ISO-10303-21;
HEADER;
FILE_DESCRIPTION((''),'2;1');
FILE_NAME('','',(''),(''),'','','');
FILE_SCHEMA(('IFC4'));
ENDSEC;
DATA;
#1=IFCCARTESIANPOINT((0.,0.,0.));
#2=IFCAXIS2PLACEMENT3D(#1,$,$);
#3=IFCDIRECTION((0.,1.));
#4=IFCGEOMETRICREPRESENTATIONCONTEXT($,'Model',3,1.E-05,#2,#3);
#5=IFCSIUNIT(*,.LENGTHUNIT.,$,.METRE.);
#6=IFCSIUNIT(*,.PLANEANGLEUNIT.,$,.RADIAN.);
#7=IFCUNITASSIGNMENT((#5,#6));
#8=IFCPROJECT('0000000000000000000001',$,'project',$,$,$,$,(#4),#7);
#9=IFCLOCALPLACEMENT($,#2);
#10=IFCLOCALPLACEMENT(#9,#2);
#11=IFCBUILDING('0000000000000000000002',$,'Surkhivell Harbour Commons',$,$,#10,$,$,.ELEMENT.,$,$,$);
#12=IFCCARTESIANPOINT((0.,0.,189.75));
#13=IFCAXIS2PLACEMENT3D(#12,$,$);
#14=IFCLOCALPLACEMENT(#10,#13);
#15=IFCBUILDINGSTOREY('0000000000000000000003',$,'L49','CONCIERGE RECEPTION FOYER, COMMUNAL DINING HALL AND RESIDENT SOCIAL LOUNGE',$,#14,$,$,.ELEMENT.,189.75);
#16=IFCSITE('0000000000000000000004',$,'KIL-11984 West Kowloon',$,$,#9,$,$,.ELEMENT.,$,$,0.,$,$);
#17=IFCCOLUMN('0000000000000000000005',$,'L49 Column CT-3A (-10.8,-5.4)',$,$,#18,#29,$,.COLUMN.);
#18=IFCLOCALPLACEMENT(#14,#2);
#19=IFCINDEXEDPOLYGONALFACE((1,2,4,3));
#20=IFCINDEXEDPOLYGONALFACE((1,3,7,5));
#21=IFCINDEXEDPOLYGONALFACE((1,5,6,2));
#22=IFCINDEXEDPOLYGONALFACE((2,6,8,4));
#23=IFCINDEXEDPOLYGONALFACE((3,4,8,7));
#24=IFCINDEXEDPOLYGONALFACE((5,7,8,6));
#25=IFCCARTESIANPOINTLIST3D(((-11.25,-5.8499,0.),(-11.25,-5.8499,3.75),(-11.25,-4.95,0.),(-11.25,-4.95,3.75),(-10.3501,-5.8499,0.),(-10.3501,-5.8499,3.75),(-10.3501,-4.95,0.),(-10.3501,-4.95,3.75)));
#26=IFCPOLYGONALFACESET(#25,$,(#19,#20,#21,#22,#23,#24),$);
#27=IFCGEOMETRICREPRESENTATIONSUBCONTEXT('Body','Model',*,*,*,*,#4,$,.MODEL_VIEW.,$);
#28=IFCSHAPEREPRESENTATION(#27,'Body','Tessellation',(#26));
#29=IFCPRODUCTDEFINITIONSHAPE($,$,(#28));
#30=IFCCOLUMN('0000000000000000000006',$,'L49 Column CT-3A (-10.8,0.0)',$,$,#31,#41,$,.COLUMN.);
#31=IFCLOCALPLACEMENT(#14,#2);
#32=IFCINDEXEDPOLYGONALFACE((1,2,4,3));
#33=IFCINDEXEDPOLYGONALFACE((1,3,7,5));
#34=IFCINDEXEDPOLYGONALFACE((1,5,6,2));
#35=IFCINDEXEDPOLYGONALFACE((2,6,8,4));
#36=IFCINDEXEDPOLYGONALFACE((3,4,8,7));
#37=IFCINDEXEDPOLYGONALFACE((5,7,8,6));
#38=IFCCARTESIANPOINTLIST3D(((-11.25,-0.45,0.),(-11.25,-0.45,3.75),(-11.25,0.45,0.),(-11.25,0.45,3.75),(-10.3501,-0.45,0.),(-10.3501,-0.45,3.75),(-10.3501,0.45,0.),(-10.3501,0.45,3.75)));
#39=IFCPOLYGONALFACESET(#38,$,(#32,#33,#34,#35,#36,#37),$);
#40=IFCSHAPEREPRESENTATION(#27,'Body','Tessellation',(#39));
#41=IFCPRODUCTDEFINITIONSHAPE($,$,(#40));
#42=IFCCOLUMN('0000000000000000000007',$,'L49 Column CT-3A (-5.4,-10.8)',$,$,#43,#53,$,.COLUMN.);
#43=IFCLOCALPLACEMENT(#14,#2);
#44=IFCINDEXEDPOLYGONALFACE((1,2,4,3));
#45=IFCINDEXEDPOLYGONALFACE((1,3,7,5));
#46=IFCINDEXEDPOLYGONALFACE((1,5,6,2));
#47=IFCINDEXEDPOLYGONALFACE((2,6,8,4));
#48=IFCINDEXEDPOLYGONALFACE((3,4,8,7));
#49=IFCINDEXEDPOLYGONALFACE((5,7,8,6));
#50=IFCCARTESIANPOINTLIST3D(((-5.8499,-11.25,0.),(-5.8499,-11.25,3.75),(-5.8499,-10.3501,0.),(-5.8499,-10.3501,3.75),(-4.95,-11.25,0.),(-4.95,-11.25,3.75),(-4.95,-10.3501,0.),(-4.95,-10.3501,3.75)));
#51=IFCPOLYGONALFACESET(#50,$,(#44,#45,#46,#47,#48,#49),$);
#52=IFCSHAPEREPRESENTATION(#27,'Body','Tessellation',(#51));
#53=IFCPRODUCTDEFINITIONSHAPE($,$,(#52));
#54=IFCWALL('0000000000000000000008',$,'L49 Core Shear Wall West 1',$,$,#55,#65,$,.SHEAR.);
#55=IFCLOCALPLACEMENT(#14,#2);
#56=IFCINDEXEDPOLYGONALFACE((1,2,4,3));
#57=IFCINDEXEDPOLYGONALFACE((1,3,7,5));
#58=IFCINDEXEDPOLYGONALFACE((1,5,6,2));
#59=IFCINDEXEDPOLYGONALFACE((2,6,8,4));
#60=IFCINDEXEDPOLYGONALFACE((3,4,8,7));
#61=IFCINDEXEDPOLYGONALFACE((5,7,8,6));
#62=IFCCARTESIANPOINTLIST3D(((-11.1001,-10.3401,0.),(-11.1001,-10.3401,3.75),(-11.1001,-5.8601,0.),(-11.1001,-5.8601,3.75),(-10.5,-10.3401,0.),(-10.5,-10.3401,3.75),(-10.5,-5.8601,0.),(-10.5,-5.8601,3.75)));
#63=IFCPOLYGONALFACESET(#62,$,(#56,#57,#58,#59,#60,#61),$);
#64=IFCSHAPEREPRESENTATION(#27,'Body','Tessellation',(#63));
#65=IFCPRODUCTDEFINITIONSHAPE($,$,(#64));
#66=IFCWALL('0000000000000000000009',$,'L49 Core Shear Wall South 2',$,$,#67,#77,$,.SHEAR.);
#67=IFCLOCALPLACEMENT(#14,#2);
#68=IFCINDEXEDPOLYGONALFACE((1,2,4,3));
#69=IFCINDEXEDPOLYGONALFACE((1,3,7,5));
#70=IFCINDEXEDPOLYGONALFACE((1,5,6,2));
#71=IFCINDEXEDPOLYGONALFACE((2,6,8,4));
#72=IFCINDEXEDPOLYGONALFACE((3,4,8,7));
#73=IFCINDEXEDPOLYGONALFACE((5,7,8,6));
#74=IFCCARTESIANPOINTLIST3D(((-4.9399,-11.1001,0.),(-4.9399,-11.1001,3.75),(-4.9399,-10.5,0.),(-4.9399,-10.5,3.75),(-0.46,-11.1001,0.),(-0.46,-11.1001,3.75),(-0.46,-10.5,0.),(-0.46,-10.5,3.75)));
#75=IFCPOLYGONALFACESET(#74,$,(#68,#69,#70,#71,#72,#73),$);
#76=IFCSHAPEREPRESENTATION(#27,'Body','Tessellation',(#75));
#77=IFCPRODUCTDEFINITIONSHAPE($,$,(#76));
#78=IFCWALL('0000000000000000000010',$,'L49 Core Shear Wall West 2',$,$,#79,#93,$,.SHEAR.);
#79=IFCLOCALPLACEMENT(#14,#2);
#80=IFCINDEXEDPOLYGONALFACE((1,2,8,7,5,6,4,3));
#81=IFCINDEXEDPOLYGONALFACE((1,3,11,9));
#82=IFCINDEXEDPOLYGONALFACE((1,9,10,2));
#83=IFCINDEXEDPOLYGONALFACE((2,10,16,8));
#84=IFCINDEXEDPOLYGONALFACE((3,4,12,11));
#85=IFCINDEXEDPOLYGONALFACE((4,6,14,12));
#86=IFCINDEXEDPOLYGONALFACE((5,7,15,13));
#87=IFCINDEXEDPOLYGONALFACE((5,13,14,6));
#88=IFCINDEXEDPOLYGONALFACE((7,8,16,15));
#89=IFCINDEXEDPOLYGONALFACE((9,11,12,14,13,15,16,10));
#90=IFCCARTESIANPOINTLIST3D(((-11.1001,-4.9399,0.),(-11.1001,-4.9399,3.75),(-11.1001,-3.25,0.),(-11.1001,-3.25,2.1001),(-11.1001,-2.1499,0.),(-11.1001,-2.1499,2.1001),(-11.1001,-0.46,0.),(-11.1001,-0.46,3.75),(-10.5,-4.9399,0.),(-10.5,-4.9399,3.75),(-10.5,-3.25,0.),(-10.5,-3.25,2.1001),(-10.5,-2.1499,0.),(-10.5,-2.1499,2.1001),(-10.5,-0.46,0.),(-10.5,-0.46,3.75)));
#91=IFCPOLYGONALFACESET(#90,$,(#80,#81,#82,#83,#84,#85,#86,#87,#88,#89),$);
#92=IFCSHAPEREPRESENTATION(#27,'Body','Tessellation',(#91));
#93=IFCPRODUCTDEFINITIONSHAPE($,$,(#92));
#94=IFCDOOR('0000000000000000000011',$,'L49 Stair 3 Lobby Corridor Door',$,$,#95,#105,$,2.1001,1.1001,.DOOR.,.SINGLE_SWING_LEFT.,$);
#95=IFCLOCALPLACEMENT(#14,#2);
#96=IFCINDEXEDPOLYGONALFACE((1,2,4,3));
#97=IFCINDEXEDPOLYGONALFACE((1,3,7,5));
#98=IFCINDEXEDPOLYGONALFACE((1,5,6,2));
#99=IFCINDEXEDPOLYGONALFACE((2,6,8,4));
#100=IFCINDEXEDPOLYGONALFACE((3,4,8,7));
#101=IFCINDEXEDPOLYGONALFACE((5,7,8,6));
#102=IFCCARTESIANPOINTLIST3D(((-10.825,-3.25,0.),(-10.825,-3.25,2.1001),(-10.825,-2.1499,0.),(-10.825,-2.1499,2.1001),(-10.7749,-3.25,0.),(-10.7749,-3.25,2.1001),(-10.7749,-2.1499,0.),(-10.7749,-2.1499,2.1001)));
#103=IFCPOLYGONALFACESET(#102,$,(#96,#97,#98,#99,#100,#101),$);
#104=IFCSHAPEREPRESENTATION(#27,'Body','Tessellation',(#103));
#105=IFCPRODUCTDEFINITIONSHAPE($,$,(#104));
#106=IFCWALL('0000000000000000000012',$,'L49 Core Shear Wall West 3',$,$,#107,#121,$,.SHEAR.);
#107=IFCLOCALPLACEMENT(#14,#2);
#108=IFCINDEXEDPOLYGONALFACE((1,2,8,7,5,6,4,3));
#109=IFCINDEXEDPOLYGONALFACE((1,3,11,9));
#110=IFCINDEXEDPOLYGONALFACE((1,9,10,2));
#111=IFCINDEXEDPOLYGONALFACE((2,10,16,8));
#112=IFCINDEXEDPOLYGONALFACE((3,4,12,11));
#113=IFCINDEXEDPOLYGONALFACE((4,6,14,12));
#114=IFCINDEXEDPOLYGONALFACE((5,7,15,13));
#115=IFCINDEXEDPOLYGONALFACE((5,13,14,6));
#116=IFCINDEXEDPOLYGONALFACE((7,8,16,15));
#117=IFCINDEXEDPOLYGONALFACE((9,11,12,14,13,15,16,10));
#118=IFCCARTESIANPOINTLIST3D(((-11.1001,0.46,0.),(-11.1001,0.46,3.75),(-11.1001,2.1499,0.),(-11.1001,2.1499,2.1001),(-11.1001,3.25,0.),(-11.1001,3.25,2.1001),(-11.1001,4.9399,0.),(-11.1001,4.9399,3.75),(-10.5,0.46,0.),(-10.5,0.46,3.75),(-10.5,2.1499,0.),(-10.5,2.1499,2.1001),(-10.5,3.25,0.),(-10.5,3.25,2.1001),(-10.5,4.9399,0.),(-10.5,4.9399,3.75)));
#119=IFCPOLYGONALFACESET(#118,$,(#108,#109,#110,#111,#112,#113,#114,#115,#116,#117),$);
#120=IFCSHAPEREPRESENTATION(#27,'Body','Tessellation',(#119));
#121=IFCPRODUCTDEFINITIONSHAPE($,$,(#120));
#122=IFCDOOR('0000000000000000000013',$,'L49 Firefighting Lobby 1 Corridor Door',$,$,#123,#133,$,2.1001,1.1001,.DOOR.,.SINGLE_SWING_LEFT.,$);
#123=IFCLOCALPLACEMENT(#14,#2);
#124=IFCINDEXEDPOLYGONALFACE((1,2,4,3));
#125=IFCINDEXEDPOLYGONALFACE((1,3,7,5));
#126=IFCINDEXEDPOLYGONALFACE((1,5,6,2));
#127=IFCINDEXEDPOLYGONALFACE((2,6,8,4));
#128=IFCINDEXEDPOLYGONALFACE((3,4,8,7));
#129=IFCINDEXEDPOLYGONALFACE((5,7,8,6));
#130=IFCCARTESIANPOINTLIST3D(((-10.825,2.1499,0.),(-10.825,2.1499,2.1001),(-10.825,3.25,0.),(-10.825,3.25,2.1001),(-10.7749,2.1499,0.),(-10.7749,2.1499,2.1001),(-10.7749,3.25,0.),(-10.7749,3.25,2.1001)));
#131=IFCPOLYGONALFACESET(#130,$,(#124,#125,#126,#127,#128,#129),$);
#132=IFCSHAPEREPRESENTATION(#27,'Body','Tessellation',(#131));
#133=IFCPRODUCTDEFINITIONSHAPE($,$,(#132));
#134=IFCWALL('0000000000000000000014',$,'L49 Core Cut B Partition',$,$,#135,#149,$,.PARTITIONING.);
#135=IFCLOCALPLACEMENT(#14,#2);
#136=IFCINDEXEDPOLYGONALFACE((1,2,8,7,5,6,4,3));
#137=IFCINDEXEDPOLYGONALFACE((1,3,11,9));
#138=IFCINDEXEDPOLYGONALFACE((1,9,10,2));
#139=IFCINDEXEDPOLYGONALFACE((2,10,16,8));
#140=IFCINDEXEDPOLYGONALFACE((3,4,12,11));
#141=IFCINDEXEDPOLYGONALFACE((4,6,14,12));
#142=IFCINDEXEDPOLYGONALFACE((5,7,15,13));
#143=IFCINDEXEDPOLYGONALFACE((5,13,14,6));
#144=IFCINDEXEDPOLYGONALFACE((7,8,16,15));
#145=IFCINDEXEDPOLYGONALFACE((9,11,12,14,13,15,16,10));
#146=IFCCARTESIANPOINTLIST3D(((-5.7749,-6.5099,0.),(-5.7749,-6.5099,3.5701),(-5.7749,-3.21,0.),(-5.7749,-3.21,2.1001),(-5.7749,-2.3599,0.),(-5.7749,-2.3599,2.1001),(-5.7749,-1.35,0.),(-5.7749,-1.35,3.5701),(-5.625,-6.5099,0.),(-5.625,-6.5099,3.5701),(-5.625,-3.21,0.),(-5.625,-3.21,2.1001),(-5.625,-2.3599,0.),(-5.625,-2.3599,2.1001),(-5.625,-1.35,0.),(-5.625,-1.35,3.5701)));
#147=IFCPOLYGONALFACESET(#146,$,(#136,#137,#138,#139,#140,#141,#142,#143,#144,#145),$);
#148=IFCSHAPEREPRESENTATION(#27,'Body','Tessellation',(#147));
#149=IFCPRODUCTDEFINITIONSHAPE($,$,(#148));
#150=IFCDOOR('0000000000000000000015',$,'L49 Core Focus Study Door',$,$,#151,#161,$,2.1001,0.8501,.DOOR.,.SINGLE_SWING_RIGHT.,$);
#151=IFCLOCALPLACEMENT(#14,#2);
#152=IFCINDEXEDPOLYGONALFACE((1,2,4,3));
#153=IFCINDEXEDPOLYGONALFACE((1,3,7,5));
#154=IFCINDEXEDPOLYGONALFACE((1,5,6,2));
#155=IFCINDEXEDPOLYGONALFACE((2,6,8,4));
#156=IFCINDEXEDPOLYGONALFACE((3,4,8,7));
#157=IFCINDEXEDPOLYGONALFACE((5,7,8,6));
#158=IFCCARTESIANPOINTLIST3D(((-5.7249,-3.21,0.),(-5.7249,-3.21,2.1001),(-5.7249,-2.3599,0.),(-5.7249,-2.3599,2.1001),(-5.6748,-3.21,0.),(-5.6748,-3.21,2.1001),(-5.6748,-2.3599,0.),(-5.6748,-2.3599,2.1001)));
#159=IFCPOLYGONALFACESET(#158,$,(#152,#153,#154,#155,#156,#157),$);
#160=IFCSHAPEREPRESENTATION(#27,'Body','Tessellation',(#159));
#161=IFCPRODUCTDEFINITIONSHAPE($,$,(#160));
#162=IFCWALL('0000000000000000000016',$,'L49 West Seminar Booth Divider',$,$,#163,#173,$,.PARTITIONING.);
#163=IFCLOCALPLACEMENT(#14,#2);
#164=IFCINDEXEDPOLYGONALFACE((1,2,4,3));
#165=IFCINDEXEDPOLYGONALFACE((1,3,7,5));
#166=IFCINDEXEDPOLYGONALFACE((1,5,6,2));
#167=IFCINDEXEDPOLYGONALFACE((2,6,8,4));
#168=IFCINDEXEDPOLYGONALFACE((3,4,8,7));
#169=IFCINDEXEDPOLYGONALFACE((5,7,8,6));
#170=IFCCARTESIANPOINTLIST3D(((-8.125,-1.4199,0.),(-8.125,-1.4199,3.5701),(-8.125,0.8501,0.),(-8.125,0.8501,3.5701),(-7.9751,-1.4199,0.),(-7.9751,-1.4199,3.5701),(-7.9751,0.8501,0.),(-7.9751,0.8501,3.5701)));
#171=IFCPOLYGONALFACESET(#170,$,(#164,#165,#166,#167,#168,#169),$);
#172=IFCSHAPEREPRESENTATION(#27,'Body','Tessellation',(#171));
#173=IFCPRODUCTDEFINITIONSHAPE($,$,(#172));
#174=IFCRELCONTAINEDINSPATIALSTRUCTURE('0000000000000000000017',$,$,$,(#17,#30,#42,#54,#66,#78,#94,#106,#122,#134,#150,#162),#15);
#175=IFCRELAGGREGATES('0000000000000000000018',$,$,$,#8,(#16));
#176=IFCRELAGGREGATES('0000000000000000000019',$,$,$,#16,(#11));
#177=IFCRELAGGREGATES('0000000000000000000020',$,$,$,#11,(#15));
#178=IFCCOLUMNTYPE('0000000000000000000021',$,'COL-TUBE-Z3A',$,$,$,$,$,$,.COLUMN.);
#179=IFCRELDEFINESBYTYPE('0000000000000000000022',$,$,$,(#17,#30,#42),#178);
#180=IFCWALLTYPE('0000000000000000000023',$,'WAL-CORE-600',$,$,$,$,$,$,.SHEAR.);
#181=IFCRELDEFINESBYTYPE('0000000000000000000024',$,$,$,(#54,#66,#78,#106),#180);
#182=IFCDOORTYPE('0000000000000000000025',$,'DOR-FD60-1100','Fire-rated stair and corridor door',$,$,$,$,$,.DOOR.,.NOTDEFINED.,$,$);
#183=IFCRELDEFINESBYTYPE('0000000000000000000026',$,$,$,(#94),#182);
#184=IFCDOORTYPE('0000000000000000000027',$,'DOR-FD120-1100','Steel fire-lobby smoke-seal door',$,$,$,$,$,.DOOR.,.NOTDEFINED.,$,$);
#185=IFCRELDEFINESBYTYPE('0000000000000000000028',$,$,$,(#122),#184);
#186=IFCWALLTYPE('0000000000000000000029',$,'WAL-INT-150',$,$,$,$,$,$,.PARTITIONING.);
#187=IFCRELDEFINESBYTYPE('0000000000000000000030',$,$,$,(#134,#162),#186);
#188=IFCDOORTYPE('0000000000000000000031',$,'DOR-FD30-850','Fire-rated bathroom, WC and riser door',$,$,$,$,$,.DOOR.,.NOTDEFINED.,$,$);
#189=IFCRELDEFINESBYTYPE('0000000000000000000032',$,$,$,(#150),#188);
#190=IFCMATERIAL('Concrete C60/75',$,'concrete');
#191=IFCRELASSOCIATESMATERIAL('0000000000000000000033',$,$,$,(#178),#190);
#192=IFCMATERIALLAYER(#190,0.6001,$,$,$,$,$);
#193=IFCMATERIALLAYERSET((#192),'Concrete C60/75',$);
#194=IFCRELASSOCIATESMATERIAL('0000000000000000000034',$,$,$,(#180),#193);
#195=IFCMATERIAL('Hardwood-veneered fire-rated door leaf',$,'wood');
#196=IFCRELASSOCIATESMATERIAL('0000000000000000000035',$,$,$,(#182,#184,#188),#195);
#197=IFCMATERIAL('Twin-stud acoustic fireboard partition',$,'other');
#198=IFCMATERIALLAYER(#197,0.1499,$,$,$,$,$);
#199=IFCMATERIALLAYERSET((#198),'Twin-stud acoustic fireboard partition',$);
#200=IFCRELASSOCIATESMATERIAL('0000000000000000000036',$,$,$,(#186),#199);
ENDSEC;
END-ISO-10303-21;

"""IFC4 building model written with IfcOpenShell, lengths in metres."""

from ifc_helpers import new_model, si_unit, direction, frame, frame_2d, origin, origin_2d, place, context, subcontext, project, spatial, rectangle, extrude, material, layer, layer_set, material_profile, profile_set, type_object, element, fill, save


model = new_model("IFC4")

# Units and contexts
model_context = context("Model", 3, precision=1e-05, world=origin(), true_north=direction((0.0, 1.0)))
body_context = subcontext(model_context, "Body", "Model", "MODEL_VIEW")
ifc_project = project(units=[si_unit("LENGTHUNIT", "METRE"), si_unit("PLANEANGLEUNIT", "RADIAN")], contexts=[model_context])

# Site, building, storey
site_placement = place(None, origin())
site = spatial("IfcSite", under=ifc_project, at=site_placement, Name="KIL-11984 West Kowloon", CompositionType="ELEMENT", RefElevation=0.0)
building_placement = place(site_placement, origin())
building = spatial("IfcBuilding", under=site, at=building_placement, Name="Surkhivell Harbour Commons", CompositionType="ELEMENT")
storey_placement = place(building_placement, frame((0.0, 0.0, 189.75)))
storey = spatial("IfcBuildingStorey", under=building, at=storey_placement, Name="L49", Description="CONCIERGE RECEPTION FOYER, COMMUNAL DINING HALL AND RESIDENT SOCIAL LOUNGE", CompositionType="ELEMENT", Elevation=189.75)

# Columns
ifc_material_1 = material(Name="Concrete C60/75", Category="concrete")
ifc_material_profile = material_profile(ifc_material_1, rectangle(XDim=0.8999, YDim=0.8999, at=origin_2d()), Name="RC-COL-900x900")
ifc_profile_set = profile_set([ifc_material_profile], Name="Concrete C60/75")
column_type = type_object("IfcColumnType", Name="COL-TUBE-Z3A", PredefinedType="COLUMN", material=ifc_profile_set)
for number, where, z_axis, x_axis, name in (
    (1, (-10.8, -5.3999, 0.0), (0.0, 0.0, 1.0), (1.0, 0.0, 0.0), "L49 Column CT-3A (-10.8,-5.4)"),
    (2, (-10.8, 0.0, 0.0), (0.0, 0.0, 1.0), (1.0, 0.0, 0.0), "L49 Column CT-3A (-10.8,0.0)"),
    (3, (-5.3999, -10.8, 0.0), (0.0, 0.0, 1.0), (1.0, 0.0, 0.0), "L49 Column CT-3A (-5.4,-10.8)"),
):
    element("IfcColumn", number, at=place(storey_placement, frame(where, z_axis=z_axis, x_axis=x_axis)), inside=storey, type_object=column_type, Name=name, PredefinedType="COLUMN", context=body_context, shape_type="SweptSolid", body=[
        extrude(rectangle(XDim=0.8999, YDim=0.8999, at=origin_2d()), origin(), (0.0, 0.0, 1.0), 3.75),
    ])

# Walls
ifc_layer_1 = layer(ifc_material_1, 0.6001)
ifc_layer_set_1 = layer_set([ifc_layer_1], Name="Concrete C60/75")
wall_type_1 = type_object("IfcWallType", Name="WAL-CORE-600", PredefinedType="SHEAR", material=ifc_layer_set_1)
for number, where, z_axis, x_axis, name in (
    (4, (-10.8, -10.3401, 0.0), (0.0, 0.0, 1.0), (0.0, 1.0, 0.0), "L49 Core Shear Wall West 1"),
    (5, (-4.9399, -10.8, 0.0), (0.0, 0.0, 1.0), (1.0, 0.0, 0.0), "L49 Core Shear Wall South 2"),
):
    element("IfcWall", number, at=place(storey_placement, frame(where, z_axis=z_axis, x_axis=x_axis)), inside=storey, type_object=wall_type_1, Name=name, PredefinedType="SHEAR", context=body_context, shape_type="SweptSolid", body=[
        extrude(rectangle(XDim=4.48, YDim=0.6001, at=frame_2d((2.24, 0.0))), origin(), (0.0, 0.0, 1.0), 3.75),
    ])

# Walls, openings, doors
wall_1_placement = place(storey_placement, frame((-10.8, -4.9399, 0.0), z_axis=(0.0, 0.0, 1.0), x_axis=(0.0, 1.0, 0.0)))
wall_1 = element("IfcWall", 6, at=wall_1_placement, inside=storey, type_object=wall_type_1, Name="L49 Core Shear Wall West 2", PredefinedType="SHEAR", context=body_context, shape_type="SweptSolid", body=[
    extrude(rectangle(XDim=4.48, YDim=0.6001, at=frame_2d((2.24, 0.0))), origin(), (0.0, 0.0, 1.0), 3.75),
])
opening_1_placement = place(wall_1_placement, frame((1.6899, 0.0, 0.0)))
opening_1 = element("IfcOpeningElement", 7, at=opening_1_placement, cuts=wall_1, PredefinedType="OPENING", context=body_context, shape_type="SweptSolid", body=[
    extrude(rectangle(XDim=1.1001, YDim=2.1001, at=frame_2d((0.55, 1.05))), frame((0.0, 0.3101, 0.0), z_axis=(0.0, -1.0, 0.0), x_axis=(1.0, 0.0, 0.0)), (0.0, 0.0, 1.0), 0.6201),
])
ifc_material_2 = material(Name="Hardwood-veneered fire-rated door leaf", Category="wood")
door_type_1 = type_object("IfcDoorType", Name="DOR-FD60-1100", Description="Fire-rated stair and corridor door", OperationType="NOTDEFINED", PredefinedType="DOOR", material=ifc_material_2)
door_1_placement = place(opening_1_placement, origin())
door_1 = element("IfcDoor", 8, at=door_1_placement, inside=storey, type_object=door_type_1, Name="L49 Stair 3 Lobby Corridor Door", OperationType="SINGLE_SWING_LEFT", OverallHeight=2.1001, OverallWidth=1.1001, PredefinedType="DOOR", context=body_context, shape_type="SweptSolid", body=[
    extrude(rectangle(XDim=1.1001, YDim=2.1001, at=frame_2d((0.55, 1.05))), frame((0.0, 0.0249, 0.0), z_axis=(0.0, -1.0, 0.0), x_axis=(1.0, 0.0, 0.0)), (0.0, 0.0, 1.0), 0.05),
])
fill(opening_1, door_1)
wall_2_placement = place(storey_placement, frame((-10.8, 0.46, 0.0), z_axis=(0.0, 0.0, 1.0), x_axis=(0.0, 1.0, 0.0)))
wall_2 = element("IfcWall", 9, at=wall_2_placement, inside=storey, type_object=wall_type_1, Name="L49 Core Shear Wall West 3", PredefinedType="SHEAR", context=body_context, shape_type="SweptSolid", body=[
    extrude(rectangle(XDim=4.48, YDim=0.6001, at=frame_2d((2.24, 0.0))), origin(), (0.0, 0.0, 1.0), 3.75),
])
opening_2_placement = place(wall_2_placement, frame((1.6899, 0.0, 0.0)))
opening_2 = element("IfcOpeningElement", 10, at=opening_2_placement, cuts=wall_2, PredefinedType="OPENING", context=body_context, shape_type="SweptSolid", body=[
    extrude(rectangle(XDim=1.1001, YDim=2.1001, at=frame_2d((0.55, 1.05))), frame((0.0, 0.3101, 0.0), z_axis=(0.0, -1.0, 0.0), x_axis=(1.0, 0.0, 0.0)), (0.0, 0.0, 1.0), 0.6201),
])
door_type_2 = type_object("IfcDoorType", Name="DOR-FD120-1100", Description="Steel fire-lobby smoke-seal door", OperationType="NOTDEFINED", PredefinedType="DOOR", material=ifc_material_2)
door_2_placement = place(opening_2_placement, origin())
door_2 = element("IfcDoor", 11, at=door_2_placement, inside=storey, type_object=door_type_2, Name="L49 Firefighting Lobby 1 Corridor Door", OperationType="SINGLE_SWING_LEFT", OverallHeight=2.1001, OverallWidth=1.1001, PredefinedType="DOOR", context=body_context, shape_type="SweptSolid", body=[
    extrude(rectangle(XDim=1.1001, YDim=2.1001, at=frame_2d((0.55, 1.05))), frame((0.0, 0.0249, 0.0), z_axis=(0.0, -1.0, 0.0), x_axis=(1.0, 0.0, 0.0)), (0.0, 0.0, 1.0), 0.05),
])
fill(opening_2, door_2)
ifc_material_3 = material(Name="Twin-stud acoustic fireboard partition", Category="other")
ifc_layer_2 = layer(ifc_material_3, 0.1499)
ifc_layer_set_2 = layer_set([ifc_layer_2], Name="Twin-stud acoustic fireboard partition")
wall_type_2 = type_object("IfcWallType", Name="WAL-INT-150", PredefinedType="PARTITIONING", material=ifc_layer_set_2)
wall_3_placement = place(storey_placement, frame((-5.7, -6.51, 0.0), z_axis=(0.0, 0.0, 1.0), x_axis=(0.0, 1.0, 0.0)))
wall_3 = element("IfcWall", 12, at=wall_3_placement, inside=storey, type_object=wall_type_2, Name="L49 Core Cut B Partition", PredefinedType="PARTITIONING", context=body_context, shape_type="SweptSolid", body=[
    extrude(rectangle(XDim=5.1599, YDim=0.1499, at=frame_2d((2.5801, 0.0))), origin(), (0.0, 0.0, 1.0), 3.5701),
])
opening_3_placement = place(wall_3_placement, frame((3.3, 0.0, 0.0)))
opening_3 = element("IfcOpeningElement", 13, at=opening_3_placement, cuts=wall_3, PredefinedType="OPENING", context=body_context, shape_type="SweptSolid", body=[
    extrude(rectangle(XDim=0.8501, YDim=2.1001, at=frame_2d((0.425, 1.05))), frame((0.0, 0.085, 0.0), z_axis=(0.0, -1.0, 0.0), x_axis=(1.0, 0.0, 0.0)), (0.0, 0.0, 1.0), 0.1699),
])
door_type_3 = type_object("IfcDoorType", Name="DOR-FD30-850", Description="Fire-rated bathroom, WC and riser door", OperationType="NOTDEFINED", PredefinedType="DOOR", material=ifc_material_2)
door_3_placement = place(opening_3_placement, origin())
door_3 = element("IfcDoor", 14, at=door_3_placement, inside=storey, type_object=door_type_3, Name="L49 Core Focus Study Door", OperationType="SINGLE_SWING_RIGHT", OverallHeight=2.1001, OverallWidth=0.8501, PredefinedType="DOOR", context=body_context, shape_type="SweptSolid", body=[
    extrude(rectangle(XDim=0.8501, YDim=2.1001, at=frame_2d((0.425, 1.05))), frame((0.0, 0.0249, 0.0), z_axis=(0.0, -1.0, 0.0), x_axis=(1.0, 0.0, 0.0)), (0.0, 0.0, 1.0), 0.05),
])
fill(opening_3, door_3)

# Wall
wall_4_placement = place(storey_placement, frame((-8.05, -1.4199, 0.0), z_axis=(0.0, 0.0, 1.0), x_axis=(0.0, 1.0, 0.0)))
element("IfcWall", 15, at=wall_4_placement, inside=storey, type_object=wall_type_2, Name="L49 West Seminar Booth Divider", PredefinedType="PARTITIONING", context=body_context, shape_type="SweptSolid", body=[
    extrude(rectangle(XDim=2.27, YDim=0.1499, at=frame_2d((1.135, 0.0))), origin(), (0.0, 0.0, 1.0), 3.5701),
])

save(model, "model.ifc")
